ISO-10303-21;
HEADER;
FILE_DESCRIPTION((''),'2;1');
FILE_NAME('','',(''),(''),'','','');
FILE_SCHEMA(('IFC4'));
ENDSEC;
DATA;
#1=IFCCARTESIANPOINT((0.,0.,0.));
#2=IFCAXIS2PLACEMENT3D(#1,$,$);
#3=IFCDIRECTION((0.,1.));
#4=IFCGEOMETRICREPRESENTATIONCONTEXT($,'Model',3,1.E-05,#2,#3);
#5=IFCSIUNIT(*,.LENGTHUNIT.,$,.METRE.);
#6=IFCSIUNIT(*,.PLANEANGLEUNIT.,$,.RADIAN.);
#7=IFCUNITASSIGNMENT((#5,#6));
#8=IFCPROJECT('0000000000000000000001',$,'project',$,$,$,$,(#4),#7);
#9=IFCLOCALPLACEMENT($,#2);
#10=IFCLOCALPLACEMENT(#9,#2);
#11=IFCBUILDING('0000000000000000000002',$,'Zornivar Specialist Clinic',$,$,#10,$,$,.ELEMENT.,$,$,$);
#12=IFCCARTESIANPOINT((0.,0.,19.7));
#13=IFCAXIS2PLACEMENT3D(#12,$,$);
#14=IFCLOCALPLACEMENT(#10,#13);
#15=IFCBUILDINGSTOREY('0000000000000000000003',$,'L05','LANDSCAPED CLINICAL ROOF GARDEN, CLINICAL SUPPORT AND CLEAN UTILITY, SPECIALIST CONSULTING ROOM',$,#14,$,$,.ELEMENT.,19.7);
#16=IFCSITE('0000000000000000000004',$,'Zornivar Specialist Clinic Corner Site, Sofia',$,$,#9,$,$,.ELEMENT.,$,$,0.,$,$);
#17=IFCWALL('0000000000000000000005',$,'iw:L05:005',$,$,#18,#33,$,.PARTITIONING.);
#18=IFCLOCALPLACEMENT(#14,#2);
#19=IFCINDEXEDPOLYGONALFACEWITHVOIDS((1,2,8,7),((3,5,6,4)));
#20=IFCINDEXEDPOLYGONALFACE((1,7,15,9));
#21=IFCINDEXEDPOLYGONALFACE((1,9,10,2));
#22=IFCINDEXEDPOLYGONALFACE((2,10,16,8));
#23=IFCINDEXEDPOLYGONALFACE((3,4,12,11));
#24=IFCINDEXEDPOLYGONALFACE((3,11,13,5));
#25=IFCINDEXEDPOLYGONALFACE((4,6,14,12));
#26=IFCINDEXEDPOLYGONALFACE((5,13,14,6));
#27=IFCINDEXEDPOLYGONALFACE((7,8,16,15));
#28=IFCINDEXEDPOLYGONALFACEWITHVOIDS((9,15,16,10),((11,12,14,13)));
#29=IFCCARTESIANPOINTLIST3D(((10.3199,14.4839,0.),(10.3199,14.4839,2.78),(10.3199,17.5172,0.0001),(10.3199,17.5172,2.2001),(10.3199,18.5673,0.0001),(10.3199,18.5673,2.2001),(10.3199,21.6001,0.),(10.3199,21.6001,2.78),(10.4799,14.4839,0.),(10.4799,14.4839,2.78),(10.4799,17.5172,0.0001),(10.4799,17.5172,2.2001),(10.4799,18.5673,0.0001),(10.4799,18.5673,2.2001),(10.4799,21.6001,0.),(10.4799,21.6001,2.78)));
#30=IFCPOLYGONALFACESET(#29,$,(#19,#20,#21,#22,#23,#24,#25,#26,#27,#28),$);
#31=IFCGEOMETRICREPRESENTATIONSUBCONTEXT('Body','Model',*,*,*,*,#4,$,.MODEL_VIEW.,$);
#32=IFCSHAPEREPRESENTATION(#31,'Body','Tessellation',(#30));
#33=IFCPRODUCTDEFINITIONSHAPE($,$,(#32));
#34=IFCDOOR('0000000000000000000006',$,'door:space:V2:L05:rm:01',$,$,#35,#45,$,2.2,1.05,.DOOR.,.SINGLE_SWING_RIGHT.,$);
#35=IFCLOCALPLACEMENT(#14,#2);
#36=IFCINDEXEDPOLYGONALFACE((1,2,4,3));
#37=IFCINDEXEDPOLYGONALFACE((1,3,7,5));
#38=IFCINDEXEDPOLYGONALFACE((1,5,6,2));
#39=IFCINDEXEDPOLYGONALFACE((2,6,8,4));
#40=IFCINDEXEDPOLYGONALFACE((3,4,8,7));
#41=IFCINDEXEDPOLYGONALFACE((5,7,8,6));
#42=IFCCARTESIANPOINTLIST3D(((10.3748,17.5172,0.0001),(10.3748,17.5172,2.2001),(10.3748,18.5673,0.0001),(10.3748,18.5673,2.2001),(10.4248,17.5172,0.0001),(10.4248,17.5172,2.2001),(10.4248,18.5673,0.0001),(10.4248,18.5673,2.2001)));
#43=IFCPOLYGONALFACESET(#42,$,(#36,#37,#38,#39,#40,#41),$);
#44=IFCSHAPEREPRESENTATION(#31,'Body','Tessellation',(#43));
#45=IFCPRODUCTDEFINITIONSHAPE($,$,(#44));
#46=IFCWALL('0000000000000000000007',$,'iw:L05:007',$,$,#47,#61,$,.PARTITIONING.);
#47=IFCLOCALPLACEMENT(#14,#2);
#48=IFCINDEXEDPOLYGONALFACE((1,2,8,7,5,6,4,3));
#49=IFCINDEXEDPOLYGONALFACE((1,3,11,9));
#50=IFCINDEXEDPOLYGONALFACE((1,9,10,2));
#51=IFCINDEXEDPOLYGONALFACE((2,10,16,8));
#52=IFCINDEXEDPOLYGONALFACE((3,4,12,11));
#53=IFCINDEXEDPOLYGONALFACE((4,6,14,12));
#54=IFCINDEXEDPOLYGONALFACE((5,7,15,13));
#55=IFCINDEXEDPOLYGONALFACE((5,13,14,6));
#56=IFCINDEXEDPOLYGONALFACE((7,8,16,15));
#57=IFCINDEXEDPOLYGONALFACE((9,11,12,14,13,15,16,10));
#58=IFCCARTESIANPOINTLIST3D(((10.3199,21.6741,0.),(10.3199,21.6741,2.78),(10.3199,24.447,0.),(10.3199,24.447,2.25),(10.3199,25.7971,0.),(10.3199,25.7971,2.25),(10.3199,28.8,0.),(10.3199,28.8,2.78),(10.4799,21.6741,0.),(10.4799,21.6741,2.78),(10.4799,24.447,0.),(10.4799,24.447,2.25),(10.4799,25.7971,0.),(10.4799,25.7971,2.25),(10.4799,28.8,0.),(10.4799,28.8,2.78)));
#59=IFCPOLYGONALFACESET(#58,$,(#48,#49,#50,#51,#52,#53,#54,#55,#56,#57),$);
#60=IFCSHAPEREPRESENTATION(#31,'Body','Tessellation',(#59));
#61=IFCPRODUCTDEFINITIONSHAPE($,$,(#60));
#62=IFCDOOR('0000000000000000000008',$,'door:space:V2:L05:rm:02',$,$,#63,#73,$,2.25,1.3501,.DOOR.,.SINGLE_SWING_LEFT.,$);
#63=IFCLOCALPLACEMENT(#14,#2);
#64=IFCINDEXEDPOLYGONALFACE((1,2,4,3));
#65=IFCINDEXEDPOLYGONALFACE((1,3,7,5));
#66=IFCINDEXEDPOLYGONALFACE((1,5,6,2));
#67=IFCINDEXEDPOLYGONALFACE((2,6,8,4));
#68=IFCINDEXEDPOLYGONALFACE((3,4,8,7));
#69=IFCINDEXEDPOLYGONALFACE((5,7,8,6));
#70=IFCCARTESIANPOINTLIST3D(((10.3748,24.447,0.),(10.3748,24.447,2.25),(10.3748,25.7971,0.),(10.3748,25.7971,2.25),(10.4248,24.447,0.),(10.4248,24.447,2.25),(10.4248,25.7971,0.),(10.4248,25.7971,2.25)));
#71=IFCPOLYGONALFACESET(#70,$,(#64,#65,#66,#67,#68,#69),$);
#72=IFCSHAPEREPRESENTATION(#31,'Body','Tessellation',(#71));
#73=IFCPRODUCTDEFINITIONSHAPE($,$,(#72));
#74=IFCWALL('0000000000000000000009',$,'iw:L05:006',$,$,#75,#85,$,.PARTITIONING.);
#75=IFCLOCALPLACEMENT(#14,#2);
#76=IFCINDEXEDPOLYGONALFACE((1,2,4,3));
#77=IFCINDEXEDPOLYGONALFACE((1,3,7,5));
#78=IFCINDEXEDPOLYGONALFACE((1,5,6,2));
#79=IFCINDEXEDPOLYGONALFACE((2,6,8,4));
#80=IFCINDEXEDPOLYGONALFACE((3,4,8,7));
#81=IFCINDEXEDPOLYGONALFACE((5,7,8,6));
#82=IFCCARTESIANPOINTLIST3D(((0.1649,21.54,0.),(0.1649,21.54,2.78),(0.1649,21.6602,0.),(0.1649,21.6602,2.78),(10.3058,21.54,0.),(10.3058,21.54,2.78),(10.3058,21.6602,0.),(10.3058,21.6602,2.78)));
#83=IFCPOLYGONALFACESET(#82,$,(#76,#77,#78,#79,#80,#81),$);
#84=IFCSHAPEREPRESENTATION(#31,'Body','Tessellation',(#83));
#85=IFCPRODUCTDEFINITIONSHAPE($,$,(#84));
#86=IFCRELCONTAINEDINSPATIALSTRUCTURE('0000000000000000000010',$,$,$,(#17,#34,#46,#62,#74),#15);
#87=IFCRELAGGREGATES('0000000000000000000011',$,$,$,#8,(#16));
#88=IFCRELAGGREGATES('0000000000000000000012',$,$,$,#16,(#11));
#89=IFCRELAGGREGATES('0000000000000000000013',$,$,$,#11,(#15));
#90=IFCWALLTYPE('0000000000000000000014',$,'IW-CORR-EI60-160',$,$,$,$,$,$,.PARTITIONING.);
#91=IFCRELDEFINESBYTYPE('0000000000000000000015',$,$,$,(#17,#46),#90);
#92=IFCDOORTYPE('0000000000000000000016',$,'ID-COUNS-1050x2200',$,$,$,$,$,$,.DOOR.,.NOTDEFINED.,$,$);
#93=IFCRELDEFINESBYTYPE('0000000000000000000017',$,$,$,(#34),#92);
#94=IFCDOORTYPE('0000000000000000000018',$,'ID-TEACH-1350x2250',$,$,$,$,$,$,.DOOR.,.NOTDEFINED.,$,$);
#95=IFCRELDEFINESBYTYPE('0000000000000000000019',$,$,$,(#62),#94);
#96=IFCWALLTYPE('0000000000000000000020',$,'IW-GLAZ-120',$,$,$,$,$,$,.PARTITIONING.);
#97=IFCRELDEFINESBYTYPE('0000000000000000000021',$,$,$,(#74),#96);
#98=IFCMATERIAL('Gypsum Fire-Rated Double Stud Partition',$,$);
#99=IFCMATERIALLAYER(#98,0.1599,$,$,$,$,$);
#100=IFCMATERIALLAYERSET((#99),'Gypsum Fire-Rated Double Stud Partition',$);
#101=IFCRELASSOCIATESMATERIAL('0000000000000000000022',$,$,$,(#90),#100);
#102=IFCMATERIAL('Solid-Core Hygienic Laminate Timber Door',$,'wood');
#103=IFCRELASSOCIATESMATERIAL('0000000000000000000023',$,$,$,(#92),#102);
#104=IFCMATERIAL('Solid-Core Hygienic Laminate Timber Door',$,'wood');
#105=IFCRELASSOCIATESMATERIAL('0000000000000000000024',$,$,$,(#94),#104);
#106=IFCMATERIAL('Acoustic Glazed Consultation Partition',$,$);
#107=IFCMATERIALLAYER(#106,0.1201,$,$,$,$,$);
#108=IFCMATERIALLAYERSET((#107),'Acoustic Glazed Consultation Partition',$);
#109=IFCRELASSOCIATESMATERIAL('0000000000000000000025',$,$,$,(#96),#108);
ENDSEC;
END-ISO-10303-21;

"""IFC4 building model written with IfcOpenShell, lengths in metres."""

from ifc_helpers import new_model, si_unit, direction, frame, frame_2d, origin, place, context, subcontext, project, spatial, rectangle, extrude, material, layer, layer_set, type_object, element, fill, save


model = new_model("IFC4")

# Units and contexts
model_context = context("Model", 3, precision=1e-05, world=origin(), true_north=direction((0.0, 1.0)))
body_context = subcontext(model_context, "Body", "Model", "MODEL_VIEW")
ifc_project = project(units=[si_unit("LENGTHUNIT", "METRE"), si_unit("PLANEANGLEUNIT", "RADIAN")], contexts=[model_context])

# Site, building, storey
site_placement = place(None, origin())
site = spatial("IfcSite", under=ifc_project, at=site_placement, Name="Zornivar Specialist Clinic Corner Site, Sofia", CompositionType="ELEMENT", RefElevation=0.0)
building_placement = place(site_placement, origin())
building = spatial("IfcBuilding", under=site, at=building_placement, Name="Zornivar Specialist Clinic", CompositionType="ELEMENT")
storey_placement = place(building_placement, frame((0.0, 0.0, 19.7)))
storey = spatial("IfcBuildingStorey", under=building, at=storey_placement, Name="L05", Description="LANDSCAPED CLINICAL ROOF GARDEN, CLINICAL SUPPORT AND CLEAN UTILITY, SPECIALIST CONSULTING ROOM", CompositionType="ELEMENT", Elevation=19.7)

# Walls, openings, doors
ifc_material_1 = material(Name="Gypsum Fire-Rated Double Stud Partition")
ifc_layer_1 = layer(ifc_material_1, 0.1599)
ifc_layer_set_1 = layer_set([ifc_layer_1], Name="Gypsum Fire-Rated Double Stud Partition")
wall_type_1 = type_object("IfcWallType", Name="IW-CORR-EI60-160", PredefinedType="PARTITIONING", material=ifc_layer_set_1)
wall_1_placement = place(storey_placement, frame((10.3999, 21.6001, 0.0), z_axis=(0.0, 0.0, 1.0), x_axis=(0.0, -1.0, 0.0)))
wall_1 = element("IfcWall", 1, at=wall_1_placement, inside=storey, type_object=wall_type_1, Name="iw:L05:005", PredefinedType="PARTITIONING", context=body_context, shape_type="SweptSolid", body=[
    extrude(rectangle(XDim=7.1162, YDim=0.1599, at=frame_2d((3.5581, 0.0))), origin(), (0.0, 0.0, 1.0), 2.78),
])
opening_1_placement = place(wall_1_placement, frame((3.033, 0.0, 0.0)))
opening_1 = element("IfcOpeningElement", 2, at=opening_1_placement, cuts=wall_1, PredefinedType="OPENING", context=body_context, shape_type="SweptSolid", body=[
    extrude(rectangle(XDim=1.05, YDim=2.2, at=frame_2d((0.5249, 1.1001))), frame((0.0, 0.0898, 0.0), z_axis=(0.0, -1.0, 0.0), x_axis=(1.0, 0.0, 0.0)), (0.0, 0.0, 1.0), 0.1799),
])
ifc_material_2 = material(Name="Solid-Core Hygienic Laminate Timber Door", Category="wood")
door_type_1 = type_object("IfcDoorType", Name="ID-COUNS-1050x2200", OperationType="NOTDEFINED", PredefinedType="DOOR", material=ifc_material_2)
door_1_placement = place(opening_1_placement, origin())
door_1 = element("IfcDoor", 3, at=door_1_placement, inside=storey, type_object=door_type_1, Name="door:space:V2:L05:rm:01", OperationType="SINGLE_SWING_RIGHT", OverallHeight=2.2, OverallWidth=1.05, PredefinedType="DOOR", context=body_context, shape_type="SweptSolid", body=[
    extrude(rectangle(XDim=1.05, YDim=2.2, at=frame_2d((0.5249, 1.1001))), frame((0.0, 0.0249, 0.0), z_axis=(0.0, -1.0, 0.0), x_axis=(1.0, 0.0, 0.0)), (0.0, 0.0, 1.0), 0.05),
])
fill(opening_1, door_1)
wall_2_placement = place(storey_placement, frame((10.3999, 28.8, 0.0), z_axis=(0.0, 0.0, 1.0), x_axis=(0.0, -1.0, 0.0)))
wall_2 = element("IfcWall", 4, at=wall_2_placement, inside=storey, type_object=wall_type_1, Name="iw:L05:007", PredefinedType="PARTITIONING", context=body_context, shape_type="SweptSolid", body=[
    extrude(rectangle(XDim=7.126, YDim=0.1599, at=frame_2d((3.563, 0.0))), origin(), (0.0, 0.0, 1.0), 2.78),
])
opening_2_placement = place(wall_2_placement, frame((3.0029, 0.0, 0.0)))
opening_2 = element("IfcOpeningElement", 5, at=opening_2_placement, cuts=wall_2, PredefinedType="OPENING", context=body_context, shape_type="SweptSolid", body=[
    extrude(rectangle(XDim=1.3501, YDim=2.25, at=frame_2d((0.675, 1.125))), frame((0.0, 0.0898, 0.0), z_axis=(0.0, -1.0, 0.0), x_axis=(1.0, 0.0, 0.0)), (0.0, 0.0, 1.0), 0.1799),
])
ifc_material_3 = material(Name="Solid-Core Hygienic Laminate Timber Door", Category="wood")
door_type_2 = type_object("IfcDoorType", Name="ID-TEACH-1350x2250", OperationType="NOTDEFINED", PredefinedType="DOOR", material=ifc_material_3)
door_2_placement = place(opening_2_placement, origin())
door_2 = element("IfcDoor", 6, at=door_2_placement, inside=storey, type_object=door_type_2, Name="door:space:V2:L05:rm:02", OperationType="SINGLE_SWING_LEFT", OverallHeight=2.25, OverallWidth=1.3501, PredefinedType="DOOR", context=body_context, shape_type="SweptSolid", body=[
    extrude(rectangle(XDim=1.3501, YDim=2.25, at=frame_2d((0.675, 1.125))), frame((0.0, 0.0249, 0.0), z_axis=(0.0, -1.0, 0.0), x_axis=(1.0, 0.0, 0.0)), (0.0, 0.0, 1.0), 0.05),
])
fill(opening_2, door_2)

# Wall
ifc_material_4 = material(Name="Acoustic Glazed Consultation Partition")
ifc_layer_2 = layer(ifc_material_4, 0.1201)
ifc_layer_set_2 = layer_set([ifc_layer_2], Name="Acoustic Glazed Consultation Partition")
wall_type_2 = type_object("IfcWallType", Name="IW-GLAZ-120", PredefinedType="PARTITIONING", material=ifc_layer_set_2)
wall_3_placement = place(storey_placement, frame((0.165, 21.6001, 0.0), z_axis=(0.0, 0.0, 1.0), x_axis=(1.0, 0.0, 0.0)))
element("IfcWall", 7, at=wall_3_placement, inside=storey, type_object=wall_type_2, Name="iw:L05:006", PredefinedType="PARTITIONING", context=body_context, shape_type="SweptSolid", body=[
    extrude(rectangle(XDim=10.1409, YDim=0.1201, at=frame_2d((5.0703, 0.0))), origin(), (0.0, 0.0, 1.0), 2.78),
])

save(model, "model.ifc")
